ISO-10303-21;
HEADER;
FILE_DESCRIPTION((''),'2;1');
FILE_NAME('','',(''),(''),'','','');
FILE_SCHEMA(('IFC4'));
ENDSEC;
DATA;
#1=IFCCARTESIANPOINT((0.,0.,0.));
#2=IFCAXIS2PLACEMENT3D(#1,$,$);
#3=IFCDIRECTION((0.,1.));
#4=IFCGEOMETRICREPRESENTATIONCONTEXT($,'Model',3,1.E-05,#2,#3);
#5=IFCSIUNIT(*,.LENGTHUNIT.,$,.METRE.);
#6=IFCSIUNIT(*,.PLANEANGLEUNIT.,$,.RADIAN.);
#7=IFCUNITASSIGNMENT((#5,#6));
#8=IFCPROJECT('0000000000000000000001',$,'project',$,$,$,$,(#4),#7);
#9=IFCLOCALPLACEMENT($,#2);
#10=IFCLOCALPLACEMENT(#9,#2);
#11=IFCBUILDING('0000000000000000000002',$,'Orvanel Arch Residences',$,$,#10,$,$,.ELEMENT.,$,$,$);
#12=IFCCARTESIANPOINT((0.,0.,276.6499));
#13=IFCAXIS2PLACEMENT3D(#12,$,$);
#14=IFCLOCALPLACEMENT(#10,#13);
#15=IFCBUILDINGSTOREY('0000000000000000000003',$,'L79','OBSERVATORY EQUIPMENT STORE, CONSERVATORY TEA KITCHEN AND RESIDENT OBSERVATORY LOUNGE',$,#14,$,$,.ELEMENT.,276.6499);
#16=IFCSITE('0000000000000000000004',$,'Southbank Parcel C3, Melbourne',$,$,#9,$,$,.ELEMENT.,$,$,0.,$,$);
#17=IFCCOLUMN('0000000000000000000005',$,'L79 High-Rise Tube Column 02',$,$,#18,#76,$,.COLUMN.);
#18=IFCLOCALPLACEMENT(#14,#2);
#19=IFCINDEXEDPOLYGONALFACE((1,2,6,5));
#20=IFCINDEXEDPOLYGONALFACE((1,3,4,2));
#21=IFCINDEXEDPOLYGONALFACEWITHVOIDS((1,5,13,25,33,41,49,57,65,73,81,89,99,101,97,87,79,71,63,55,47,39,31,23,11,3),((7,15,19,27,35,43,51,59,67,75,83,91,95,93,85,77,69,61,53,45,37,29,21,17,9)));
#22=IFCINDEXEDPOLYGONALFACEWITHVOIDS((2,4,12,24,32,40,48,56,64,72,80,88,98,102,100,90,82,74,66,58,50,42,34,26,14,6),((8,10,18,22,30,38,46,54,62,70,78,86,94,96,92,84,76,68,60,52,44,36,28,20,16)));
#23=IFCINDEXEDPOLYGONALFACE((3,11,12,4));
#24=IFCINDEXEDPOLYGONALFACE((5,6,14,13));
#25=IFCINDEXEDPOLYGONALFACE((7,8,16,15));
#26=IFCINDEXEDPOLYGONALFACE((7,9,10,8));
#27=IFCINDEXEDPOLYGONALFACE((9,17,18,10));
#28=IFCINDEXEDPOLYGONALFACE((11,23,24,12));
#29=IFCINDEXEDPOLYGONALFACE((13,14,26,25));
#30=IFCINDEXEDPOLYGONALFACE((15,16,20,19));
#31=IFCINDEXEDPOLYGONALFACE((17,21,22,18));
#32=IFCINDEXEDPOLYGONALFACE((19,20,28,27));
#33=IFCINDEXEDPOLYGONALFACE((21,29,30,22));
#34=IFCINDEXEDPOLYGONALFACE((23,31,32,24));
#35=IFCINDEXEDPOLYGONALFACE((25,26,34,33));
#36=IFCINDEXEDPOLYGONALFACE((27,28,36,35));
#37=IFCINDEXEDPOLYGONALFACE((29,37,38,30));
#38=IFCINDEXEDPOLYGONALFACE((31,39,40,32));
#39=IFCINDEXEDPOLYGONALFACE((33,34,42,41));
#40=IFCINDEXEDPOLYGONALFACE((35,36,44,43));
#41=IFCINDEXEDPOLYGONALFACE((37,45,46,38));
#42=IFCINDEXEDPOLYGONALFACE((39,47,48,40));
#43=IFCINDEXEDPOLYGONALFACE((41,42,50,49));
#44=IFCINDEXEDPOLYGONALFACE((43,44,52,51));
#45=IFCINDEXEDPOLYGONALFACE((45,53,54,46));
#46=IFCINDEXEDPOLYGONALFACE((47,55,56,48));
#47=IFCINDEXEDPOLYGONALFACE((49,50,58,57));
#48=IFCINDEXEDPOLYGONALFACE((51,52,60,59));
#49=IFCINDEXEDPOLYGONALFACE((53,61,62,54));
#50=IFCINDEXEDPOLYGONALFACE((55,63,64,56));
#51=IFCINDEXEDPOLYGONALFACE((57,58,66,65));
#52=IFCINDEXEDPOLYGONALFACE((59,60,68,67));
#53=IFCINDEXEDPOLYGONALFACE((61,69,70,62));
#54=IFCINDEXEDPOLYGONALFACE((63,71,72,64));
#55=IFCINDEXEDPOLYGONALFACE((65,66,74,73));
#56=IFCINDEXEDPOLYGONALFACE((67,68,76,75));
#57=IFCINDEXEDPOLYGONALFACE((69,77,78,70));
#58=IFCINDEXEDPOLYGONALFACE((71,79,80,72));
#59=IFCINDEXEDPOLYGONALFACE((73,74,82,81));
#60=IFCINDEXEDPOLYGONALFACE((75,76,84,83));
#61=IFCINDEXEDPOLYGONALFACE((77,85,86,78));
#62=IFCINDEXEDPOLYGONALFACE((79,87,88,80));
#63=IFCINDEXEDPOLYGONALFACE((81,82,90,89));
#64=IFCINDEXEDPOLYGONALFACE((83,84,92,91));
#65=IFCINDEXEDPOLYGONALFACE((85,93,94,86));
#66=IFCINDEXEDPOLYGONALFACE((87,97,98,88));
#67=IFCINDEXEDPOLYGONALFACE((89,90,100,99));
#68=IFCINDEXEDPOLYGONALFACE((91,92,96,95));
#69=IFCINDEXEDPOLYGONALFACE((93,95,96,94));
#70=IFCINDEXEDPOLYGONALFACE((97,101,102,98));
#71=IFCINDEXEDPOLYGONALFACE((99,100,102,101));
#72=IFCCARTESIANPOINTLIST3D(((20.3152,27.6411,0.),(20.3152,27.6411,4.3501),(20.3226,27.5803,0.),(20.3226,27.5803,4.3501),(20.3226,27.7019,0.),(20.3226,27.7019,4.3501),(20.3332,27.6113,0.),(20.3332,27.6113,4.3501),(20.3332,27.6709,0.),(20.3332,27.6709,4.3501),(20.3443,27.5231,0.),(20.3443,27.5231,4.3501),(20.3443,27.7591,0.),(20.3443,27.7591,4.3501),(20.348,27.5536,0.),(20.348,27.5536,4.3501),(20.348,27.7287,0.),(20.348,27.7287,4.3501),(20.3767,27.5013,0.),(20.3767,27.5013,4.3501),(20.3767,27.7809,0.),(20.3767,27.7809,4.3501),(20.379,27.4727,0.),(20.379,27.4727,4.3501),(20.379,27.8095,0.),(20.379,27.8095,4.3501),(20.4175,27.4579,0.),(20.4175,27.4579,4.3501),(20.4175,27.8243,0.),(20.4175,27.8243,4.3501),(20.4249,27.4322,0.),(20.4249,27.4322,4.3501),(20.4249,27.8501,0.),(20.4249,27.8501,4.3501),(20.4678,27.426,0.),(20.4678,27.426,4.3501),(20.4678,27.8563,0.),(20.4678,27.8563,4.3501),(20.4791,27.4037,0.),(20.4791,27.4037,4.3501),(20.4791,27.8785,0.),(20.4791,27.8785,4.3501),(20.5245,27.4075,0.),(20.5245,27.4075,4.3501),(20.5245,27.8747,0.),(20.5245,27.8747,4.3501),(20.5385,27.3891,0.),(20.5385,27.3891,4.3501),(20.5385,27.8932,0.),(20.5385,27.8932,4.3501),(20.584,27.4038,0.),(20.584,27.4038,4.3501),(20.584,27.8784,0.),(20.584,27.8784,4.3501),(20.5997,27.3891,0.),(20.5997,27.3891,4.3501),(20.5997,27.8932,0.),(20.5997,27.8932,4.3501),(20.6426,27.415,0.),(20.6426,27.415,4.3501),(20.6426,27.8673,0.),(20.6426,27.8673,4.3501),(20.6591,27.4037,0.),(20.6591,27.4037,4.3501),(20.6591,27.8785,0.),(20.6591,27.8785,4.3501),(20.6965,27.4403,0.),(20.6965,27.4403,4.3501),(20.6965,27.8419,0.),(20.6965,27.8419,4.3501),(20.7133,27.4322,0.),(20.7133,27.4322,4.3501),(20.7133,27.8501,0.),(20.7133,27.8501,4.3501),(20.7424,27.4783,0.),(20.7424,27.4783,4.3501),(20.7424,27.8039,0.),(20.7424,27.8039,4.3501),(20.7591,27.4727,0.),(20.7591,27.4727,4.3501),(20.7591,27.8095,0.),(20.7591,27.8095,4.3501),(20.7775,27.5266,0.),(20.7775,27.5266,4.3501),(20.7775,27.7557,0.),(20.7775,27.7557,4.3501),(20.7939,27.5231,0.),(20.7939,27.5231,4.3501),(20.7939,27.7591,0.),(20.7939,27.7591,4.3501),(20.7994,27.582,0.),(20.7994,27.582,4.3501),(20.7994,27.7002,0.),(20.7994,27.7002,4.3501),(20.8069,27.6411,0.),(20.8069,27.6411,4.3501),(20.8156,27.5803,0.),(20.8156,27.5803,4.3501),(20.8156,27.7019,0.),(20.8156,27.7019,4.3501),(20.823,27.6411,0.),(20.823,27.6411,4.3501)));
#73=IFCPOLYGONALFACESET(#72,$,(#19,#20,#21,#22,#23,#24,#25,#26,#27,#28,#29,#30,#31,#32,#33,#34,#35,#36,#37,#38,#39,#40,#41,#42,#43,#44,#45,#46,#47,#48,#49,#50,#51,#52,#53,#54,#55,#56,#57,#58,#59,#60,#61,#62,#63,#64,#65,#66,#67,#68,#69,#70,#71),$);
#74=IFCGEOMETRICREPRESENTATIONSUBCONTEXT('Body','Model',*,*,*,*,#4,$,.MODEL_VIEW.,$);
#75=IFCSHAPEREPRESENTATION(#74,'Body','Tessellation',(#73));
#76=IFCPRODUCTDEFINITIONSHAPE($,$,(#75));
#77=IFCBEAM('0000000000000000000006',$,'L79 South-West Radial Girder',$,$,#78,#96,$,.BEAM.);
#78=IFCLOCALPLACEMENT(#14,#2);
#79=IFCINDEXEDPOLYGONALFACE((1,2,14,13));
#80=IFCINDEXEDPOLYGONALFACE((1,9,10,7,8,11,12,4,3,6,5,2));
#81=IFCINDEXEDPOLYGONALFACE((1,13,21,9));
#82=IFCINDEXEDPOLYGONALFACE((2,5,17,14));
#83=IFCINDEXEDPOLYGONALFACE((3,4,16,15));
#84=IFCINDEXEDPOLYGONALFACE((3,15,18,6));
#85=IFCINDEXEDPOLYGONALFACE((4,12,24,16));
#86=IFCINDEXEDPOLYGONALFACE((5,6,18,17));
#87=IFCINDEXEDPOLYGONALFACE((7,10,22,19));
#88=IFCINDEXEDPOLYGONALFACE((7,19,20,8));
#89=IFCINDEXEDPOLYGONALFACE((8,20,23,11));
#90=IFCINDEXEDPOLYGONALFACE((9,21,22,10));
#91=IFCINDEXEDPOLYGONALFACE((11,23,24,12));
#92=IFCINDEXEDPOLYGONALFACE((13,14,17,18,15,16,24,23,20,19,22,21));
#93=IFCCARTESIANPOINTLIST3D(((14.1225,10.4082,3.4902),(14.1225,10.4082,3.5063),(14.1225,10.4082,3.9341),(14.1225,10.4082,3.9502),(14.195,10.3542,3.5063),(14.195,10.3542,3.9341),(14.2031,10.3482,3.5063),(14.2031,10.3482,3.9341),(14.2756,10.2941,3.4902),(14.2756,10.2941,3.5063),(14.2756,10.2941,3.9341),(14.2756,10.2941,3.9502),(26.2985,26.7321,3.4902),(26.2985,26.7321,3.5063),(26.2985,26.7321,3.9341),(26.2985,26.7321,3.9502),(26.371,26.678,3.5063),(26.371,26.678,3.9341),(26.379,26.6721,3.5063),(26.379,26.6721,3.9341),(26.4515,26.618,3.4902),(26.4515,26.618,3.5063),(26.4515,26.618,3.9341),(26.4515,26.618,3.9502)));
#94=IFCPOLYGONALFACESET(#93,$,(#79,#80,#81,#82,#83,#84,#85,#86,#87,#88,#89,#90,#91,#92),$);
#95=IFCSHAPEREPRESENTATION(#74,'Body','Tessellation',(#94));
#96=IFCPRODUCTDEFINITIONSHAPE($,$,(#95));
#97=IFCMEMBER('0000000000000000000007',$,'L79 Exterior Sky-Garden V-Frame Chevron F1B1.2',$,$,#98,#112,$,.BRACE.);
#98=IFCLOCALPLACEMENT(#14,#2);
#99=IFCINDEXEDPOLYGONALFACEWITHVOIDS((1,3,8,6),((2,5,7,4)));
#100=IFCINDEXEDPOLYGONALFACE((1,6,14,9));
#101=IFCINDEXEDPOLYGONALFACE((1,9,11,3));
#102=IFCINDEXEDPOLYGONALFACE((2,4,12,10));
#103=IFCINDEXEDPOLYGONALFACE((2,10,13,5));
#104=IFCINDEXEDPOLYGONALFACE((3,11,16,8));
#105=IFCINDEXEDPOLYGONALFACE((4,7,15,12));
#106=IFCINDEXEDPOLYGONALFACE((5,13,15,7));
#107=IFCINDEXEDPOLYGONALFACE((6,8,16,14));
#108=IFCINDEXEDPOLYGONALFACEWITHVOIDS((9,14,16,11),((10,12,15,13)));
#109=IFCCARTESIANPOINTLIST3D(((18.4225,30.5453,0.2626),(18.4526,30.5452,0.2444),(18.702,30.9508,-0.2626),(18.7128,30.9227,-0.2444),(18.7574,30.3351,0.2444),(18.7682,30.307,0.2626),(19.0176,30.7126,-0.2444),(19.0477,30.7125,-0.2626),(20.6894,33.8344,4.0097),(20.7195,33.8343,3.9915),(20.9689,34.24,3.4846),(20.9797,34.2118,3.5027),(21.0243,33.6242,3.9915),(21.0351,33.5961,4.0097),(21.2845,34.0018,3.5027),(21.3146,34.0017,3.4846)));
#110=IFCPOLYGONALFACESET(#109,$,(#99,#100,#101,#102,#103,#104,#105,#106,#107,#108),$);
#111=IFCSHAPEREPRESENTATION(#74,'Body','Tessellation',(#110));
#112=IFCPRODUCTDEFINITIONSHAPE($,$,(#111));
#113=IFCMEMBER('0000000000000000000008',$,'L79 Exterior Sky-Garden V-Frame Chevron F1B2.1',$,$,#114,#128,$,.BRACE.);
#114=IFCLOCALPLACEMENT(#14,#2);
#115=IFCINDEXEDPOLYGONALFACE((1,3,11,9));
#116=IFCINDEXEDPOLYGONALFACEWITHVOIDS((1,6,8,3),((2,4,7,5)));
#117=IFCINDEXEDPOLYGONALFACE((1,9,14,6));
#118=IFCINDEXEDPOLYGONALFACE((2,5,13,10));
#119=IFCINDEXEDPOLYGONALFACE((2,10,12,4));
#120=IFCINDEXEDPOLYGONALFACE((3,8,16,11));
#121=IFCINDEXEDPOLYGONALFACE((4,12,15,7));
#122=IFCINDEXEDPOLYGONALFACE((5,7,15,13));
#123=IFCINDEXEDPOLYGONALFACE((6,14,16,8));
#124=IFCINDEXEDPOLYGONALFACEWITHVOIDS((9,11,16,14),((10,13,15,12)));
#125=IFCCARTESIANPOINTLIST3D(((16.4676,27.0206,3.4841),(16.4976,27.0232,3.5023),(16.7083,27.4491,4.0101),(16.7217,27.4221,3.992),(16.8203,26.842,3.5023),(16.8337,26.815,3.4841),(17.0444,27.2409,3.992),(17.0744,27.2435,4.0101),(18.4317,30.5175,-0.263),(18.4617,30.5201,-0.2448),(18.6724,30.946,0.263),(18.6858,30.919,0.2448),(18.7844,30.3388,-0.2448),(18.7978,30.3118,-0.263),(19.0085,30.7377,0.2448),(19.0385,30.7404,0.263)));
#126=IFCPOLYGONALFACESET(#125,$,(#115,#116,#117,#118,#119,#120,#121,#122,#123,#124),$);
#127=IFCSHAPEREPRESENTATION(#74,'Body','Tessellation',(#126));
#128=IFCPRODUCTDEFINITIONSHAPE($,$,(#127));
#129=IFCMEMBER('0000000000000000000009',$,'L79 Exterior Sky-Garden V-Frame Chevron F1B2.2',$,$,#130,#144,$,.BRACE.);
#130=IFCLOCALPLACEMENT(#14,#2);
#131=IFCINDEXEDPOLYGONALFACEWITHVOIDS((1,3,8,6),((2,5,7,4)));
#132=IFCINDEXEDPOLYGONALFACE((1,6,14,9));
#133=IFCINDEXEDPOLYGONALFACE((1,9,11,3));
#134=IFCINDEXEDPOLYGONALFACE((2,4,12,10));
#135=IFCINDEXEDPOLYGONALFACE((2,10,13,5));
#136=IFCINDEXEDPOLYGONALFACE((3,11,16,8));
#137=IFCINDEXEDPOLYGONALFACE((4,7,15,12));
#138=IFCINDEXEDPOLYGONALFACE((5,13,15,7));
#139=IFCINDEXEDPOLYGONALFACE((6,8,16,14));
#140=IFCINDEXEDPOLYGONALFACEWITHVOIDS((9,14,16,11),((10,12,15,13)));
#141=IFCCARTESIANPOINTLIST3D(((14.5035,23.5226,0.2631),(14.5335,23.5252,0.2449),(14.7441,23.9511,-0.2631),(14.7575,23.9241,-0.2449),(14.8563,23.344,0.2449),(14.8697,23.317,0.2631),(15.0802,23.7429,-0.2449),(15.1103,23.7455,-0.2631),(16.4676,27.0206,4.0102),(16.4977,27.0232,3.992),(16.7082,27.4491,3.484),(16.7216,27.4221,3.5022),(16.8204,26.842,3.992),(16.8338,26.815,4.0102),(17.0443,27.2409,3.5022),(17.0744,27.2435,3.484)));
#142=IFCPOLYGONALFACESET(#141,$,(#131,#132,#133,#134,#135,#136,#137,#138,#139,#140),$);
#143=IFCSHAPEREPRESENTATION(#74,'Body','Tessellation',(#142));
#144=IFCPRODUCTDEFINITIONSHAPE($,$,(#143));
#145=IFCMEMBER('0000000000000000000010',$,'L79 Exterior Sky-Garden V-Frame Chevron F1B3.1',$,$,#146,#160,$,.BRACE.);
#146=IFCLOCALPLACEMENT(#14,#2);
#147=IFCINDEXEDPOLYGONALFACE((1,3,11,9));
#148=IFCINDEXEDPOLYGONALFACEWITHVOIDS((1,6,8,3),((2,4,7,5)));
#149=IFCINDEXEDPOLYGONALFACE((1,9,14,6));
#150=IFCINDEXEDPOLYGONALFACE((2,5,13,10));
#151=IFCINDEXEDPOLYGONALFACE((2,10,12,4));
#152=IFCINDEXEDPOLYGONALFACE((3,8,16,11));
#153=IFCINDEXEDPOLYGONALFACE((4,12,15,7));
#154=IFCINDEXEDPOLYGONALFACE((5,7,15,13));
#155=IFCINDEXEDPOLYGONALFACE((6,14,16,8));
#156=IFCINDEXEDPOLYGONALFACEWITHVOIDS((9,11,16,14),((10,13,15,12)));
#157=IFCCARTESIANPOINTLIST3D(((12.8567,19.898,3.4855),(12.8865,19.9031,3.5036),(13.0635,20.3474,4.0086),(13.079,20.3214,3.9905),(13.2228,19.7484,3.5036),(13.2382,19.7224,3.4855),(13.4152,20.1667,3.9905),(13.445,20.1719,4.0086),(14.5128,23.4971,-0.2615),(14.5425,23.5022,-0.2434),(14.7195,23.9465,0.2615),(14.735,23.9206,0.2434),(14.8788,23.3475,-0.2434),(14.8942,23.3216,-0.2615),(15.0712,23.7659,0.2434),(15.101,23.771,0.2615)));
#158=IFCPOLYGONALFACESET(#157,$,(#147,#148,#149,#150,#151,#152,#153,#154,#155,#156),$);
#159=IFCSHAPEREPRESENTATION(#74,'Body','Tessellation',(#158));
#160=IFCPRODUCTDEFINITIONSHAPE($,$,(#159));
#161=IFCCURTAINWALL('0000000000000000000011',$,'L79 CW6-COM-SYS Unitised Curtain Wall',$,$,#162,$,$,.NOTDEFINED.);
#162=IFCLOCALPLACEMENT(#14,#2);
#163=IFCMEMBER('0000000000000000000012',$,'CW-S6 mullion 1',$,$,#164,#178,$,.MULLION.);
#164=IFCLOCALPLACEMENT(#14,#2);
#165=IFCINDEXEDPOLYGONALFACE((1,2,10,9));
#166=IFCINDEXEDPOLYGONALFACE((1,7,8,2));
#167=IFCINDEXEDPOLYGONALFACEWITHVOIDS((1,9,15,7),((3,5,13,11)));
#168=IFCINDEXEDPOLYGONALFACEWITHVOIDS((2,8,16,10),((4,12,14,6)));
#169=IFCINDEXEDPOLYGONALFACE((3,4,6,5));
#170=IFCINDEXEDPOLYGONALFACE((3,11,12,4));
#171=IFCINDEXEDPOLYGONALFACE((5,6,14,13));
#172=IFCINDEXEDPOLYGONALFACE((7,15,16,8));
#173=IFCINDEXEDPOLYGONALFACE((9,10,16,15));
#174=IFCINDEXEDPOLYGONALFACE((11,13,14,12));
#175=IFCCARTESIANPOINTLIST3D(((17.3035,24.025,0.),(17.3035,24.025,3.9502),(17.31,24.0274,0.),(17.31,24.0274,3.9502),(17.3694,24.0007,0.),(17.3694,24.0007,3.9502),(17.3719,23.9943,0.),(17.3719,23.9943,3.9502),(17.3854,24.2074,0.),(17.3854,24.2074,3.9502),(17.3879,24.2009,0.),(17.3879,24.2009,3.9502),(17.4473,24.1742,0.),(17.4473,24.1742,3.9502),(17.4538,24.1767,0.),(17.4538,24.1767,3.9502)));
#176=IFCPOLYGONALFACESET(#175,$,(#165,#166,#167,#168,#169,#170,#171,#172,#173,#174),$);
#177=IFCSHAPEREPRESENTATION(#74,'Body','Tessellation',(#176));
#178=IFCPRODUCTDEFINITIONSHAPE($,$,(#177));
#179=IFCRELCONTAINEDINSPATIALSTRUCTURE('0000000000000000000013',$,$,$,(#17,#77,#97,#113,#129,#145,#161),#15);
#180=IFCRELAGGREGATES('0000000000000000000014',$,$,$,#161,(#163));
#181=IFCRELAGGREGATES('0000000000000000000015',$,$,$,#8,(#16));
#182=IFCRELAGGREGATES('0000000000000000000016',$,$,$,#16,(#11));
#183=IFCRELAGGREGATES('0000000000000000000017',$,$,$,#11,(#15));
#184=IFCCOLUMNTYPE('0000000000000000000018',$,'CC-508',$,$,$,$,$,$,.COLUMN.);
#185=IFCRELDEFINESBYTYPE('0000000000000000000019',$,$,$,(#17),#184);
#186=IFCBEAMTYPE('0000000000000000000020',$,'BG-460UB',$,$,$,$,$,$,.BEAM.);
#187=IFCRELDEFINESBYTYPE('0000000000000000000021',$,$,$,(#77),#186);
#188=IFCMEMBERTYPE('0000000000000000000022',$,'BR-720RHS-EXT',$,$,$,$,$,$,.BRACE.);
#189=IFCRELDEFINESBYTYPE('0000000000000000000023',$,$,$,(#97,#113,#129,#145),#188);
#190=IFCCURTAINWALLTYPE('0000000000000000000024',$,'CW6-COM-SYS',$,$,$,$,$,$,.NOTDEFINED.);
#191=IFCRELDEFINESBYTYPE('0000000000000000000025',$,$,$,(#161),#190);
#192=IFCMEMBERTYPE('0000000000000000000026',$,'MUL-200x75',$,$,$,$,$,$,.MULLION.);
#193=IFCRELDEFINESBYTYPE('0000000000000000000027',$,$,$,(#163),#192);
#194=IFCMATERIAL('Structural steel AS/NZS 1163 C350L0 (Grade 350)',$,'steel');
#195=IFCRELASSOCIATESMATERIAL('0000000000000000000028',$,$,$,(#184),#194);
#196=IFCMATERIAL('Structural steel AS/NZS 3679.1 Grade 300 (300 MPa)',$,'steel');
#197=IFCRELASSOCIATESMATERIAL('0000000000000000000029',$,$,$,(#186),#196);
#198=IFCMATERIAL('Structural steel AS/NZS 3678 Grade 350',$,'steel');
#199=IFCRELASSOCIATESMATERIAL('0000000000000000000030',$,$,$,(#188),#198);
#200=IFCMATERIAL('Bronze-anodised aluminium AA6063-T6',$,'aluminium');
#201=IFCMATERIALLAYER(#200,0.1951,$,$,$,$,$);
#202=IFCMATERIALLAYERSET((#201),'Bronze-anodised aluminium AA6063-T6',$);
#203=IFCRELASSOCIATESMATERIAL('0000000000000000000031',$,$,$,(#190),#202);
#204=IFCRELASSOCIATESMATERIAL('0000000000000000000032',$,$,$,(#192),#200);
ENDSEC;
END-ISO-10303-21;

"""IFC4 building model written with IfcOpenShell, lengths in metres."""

from ifc_helpers import new_model, si_unit, direction, frame, origin, origin_2d, place, context, subcontext, project, spatial, hollow_rectangle, hollow_circle, i_section, extrude, material, layer, layer_set, material_profile, profile_set, type_object, element, aggregate, save


model = new_model("IFC4")

# Units and contexts
model_context = context("Model", 3, precision=1e-05, world=origin(), true_north=direction((0.0, 1.0)))
body_context = subcontext(model_context, "Body", "Model", "MODEL_VIEW")
ifc_project = project(units=[si_unit("LENGTHUNIT", "METRE"), si_unit("PLANEANGLEUNIT", "RADIAN")], contexts=[model_context])

# Site, building, storey
site_placement = place(None, origin())
site = spatial("IfcSite", under=ifc_project, at=site_placement, Name="Southbank Parcel C3, Melbourne", CompositionType="ELEMENT", RefElevation=0.0)
building_placement = place(site_placement, origin())
building = spatial("IfcBuilding", under=site, at=building_placement, Name="Orvanel Arch Residences", CompositionType="ELEMENT")
storey_placement = place(building_placement, frame((0.0, 0.0, 276.6499)))
storey = spatial("IfcBuildingStorey", under=building, at=storey_placement, Name="L79", Description="OBSERVATORY EQUIPMENT STORE, CONSERVATORY TEA KITCHEN AND RESIDENT OBSERVATORY LOUNGE", CompositionType="ELEMENT", Elevation=276.6499)

# Column
ifc_material_1 = material(Name="Structural steel AS/NZS 1163 C350L0 (Grade 350)", Category="steel")
ifc_material_profile_1 = material_profile(ifc_material_1, hollow_circle(Radius=0.2539, WallThickness=0.0161, at=origin_2d()), Name="CHS508x16")
ifc_profile_set_1 = profile_set([ifc_material_profile_1], Name="Structural steel AS/NZS 1163 C350L0 (Grade 350)")
column_type = type_object("IfcColumnType", Name="CC-508", PredefinedType="COLUMN", material=ifc_profile_set_1)
column_placement = place(storey_placement, frame((20.5691, 27.6411, 0.0), z_axis=(0.0, 0.0, 1.0), x_axis=(1.0, 0.0, 0.0)))
element("IfcColumn", 1, at=column_placement, inside=storey, type_object=column_type, Name="L79 High-Rise Tube Column 02", PredefinedType="COLUMN", context=body_context, shape_type="SweptSolid", body=[
    extrude(hollow_circle(Radius=0.2539, WallThickness=0.0161, at=origin_2d()), origin(), (0.0, 0.0, 1.0), 4.3501),
])

# Beam
ifc_material_2 = material(Name="Structural steel AS/NZS 3679.1 Grade 300 (300 MPa)", Category="steel")
ifc_material_profile_2 = material_profile(ifc_material_2, i_section(OverallWidth=0.1909, OverallDepth=0.46, WebThickness=0.01, FlangeThickness=0.0161, at=origin_2d()), Name="460UB82.1")
ifc_profile_set_2 = profile_set([ifc_material_profile_2], Name="Structural steel AS/NZS 3679.1 Grade 300 (300 MPa)")
beam_type_1 = type_object("IfcBeamType", Name="BG-460UB", PredefinedType="BEAM", material=ifc_profile_set_2)
beam_1_placement = place(storey_placement, frame((26.375, 26.675, 3.7202), z_axis=(-0.597894, -0.801575, 0.0), x_axis=(0.801575, -0.597894, 0.0)))
element("IfcBeam", 2, at=beam_1_placement, inside=storey, type_object=beam_type_1, Name="L79 South-West Radial Girder", PredefinedType="BEAM", context=body_context, shape_type="SweptSolid", body=[
    extrude(i_section(OverallWidth=0.1909, OverallDepth=0.46, WebThickness=0.01, FlangeThickness=0.0161, at=origin_2d()), origin(), (0.0, 0.0, 1.0), 20.3647),
])

# Members
ifc_material_3 = material(Name="Structural steel AS/NZS 3678 Grade 350", Category="steel")
ifc_material_profile_3 = material_profile(ifc_material_3, hollow_rectangle(XDim=0.4199, YDim=0.72, WallThickness=0.0249, at=origin_2d()), Name="RHS720x420x25")
ifc_profile_set_3 = profile_set([ifc_material_profile_3], Name="Structural steel AS/NZS 3678 Grade 350")
member_type_1 = type_object("IfcMemberType", Name="BR-720RHS-EXT", PredefinedType="BRACE", material=ifc_profile_set_3)
member_1_placement = place(storey_placement, frame((18.7351, 30.6289, 0.0), z_axis=(0.413888, 0.600527, 0.684152), x_axis=(-0.823385, 0.567483, 0.0)))
element("IfcMember", 3, at=member_1_placement, inside=storey, type_object=member_type_1, Name="L79 Exterior Sky-Garden V-Frame Chevron F1B1.2", PredefinedType="BRACE", context=body_context, shape_type="SweptSolid", body=[
    extrude(hollow_rectangle(XDim=0.4199, YDim=0.72, WallThickness=0.0249, at=origin_2d()), origin(), (0.0, 0.0, 1.0), 5.4771),
])
member_2_placement = place(storey_placement, frame((18.7351, 30.6289, 0.0), z_axis=(-0.357845, -0.637093, 0.682685), x_axis=(0.871879, -0.489721, 0.0)))
element("IfcMember", 4, at=member_2_placement, inside=storey, type_object=member_type_1, Name="L79 Exterior Sky-Garden V-Frame Chevron F1B2.1", PredefinedType="BRACE", context=body_context, shape_type="SweptSolid", body=[
    extrude(hollow_rectangle(XDim=0.4199, YDim=0.72, WallThickness=0.0249, at=origin_2d()), origin(), (0.0, 0.0, 1.0), 5.4888),
])
member_3_placement = place(storey_placement, frame((14.8069, 23.634, 0.0), z_axis=(0.357794, 0.637225, 0.682589), x_axis=(-0.871952, 0.489591, 0.0)))
element("IfcMember", 5, at=member_3_placement, inside=storey, type_object=member_type_1, Name="L79 Exterior Sky-Garden V-Frame Chevron F1B2.2", PredefinedType="BRACE", context=body_context, shape_type="SweptSolid", body=[
    extrude(hollow_rectangle(XDim=0.4199, YDim=0.72, WallThickness=0.0249, at=origin_2d()), origin(), (0.0, 0.0, 1.0), 5.4895),
])
member_4_placement = place(storey_placement, frame((14.8069, 23.634, 0.0), z_axis=(-0.30368, -0.660011, 0.687142), x_axis=(0.908451, -0.417991, 0.0)))
element("IfcMember", 6, at=member_4_placement, inside=storey, type_object=member_type_1, Name="L79 Exterior Sky-Garden V-Frame Chevron F1B3.1", PredefinedType="BRACE", context=body_context, shape_type="SweptSolid", body=[
    extrude(hollow_rectangle(XDim=0.4199, YDim=0.72, WallThickness=0.0249, at=origin_2d()), origin(), (0.0, 0.0, 1.0), 5.4531),
])

# Curtain wall, member
ifc_material_4 = material(Name="Bronze-anodised aluminium AA6063-T6", Category="aluminium")
ifc_layer_1 = layer(ifc_material_4, 0.1951)
ifc_layer_set_1 = layer_set([ifc_layer_1], Name="Bronze-anodised aluminium AA6063-T6")
curtain_wall_type = type_object("IfcCurtainWallType", Name="CW6-COM-SYS", PredefinedType="NOTDEFINED", material=ifc_layer_set_1)
curtain_wall_placement = place(storey_placement, origin())
curtain_wall = element("IfcCurtainWall", 7, at=curtain_wall_placement, inside=storey, type_object=curtain_wall_type, Name="L79 CW6-COM-SYS Unitised Curtain Wall", PredefinedType="NOTDEFINED")
ifc_material_profile_4 = material_profile(ifc_material_4, hollow_rectangle(XDim=0.075, YDim=0.2, WallThickness=0.0049, at=origin_2d()), Name="ALU200x75x5")
ifc_profile_set_4 = profile_set([ifc_material_profile_4], Name="Bronze-anodised aluminium AA6063-T6")
member_type_2 = type_object("IfcMemberType", Name="MUL-200x75", PredefinedType="MULLION", material=ifc_profile_set_4)
member_5_placement = place(storey_placement, frame((17.3787, 24.1008, 0.0), z_axis=(0.0, 0.0, 1.0), x_axis=(0.912254, -0.409626, 0.0)))
member_5 = element("IfcMember", 8, at=member_5_placement, type_object=member_type_2, Name="CW-S6 mullion 1", PredefinedType="MULLION", context=body_context, shape_type="SweptSolid", body=[
    extrude(hollow_rectangle(XDim=0.075, YDim=0.2, WallThickness=0.0049, at=origin_2d()), origin(), (0.0, 0.0, 1.0), 3.9502),
])

aggregate(curtain_wall, [member_5])

save(model, "model.ifc")
